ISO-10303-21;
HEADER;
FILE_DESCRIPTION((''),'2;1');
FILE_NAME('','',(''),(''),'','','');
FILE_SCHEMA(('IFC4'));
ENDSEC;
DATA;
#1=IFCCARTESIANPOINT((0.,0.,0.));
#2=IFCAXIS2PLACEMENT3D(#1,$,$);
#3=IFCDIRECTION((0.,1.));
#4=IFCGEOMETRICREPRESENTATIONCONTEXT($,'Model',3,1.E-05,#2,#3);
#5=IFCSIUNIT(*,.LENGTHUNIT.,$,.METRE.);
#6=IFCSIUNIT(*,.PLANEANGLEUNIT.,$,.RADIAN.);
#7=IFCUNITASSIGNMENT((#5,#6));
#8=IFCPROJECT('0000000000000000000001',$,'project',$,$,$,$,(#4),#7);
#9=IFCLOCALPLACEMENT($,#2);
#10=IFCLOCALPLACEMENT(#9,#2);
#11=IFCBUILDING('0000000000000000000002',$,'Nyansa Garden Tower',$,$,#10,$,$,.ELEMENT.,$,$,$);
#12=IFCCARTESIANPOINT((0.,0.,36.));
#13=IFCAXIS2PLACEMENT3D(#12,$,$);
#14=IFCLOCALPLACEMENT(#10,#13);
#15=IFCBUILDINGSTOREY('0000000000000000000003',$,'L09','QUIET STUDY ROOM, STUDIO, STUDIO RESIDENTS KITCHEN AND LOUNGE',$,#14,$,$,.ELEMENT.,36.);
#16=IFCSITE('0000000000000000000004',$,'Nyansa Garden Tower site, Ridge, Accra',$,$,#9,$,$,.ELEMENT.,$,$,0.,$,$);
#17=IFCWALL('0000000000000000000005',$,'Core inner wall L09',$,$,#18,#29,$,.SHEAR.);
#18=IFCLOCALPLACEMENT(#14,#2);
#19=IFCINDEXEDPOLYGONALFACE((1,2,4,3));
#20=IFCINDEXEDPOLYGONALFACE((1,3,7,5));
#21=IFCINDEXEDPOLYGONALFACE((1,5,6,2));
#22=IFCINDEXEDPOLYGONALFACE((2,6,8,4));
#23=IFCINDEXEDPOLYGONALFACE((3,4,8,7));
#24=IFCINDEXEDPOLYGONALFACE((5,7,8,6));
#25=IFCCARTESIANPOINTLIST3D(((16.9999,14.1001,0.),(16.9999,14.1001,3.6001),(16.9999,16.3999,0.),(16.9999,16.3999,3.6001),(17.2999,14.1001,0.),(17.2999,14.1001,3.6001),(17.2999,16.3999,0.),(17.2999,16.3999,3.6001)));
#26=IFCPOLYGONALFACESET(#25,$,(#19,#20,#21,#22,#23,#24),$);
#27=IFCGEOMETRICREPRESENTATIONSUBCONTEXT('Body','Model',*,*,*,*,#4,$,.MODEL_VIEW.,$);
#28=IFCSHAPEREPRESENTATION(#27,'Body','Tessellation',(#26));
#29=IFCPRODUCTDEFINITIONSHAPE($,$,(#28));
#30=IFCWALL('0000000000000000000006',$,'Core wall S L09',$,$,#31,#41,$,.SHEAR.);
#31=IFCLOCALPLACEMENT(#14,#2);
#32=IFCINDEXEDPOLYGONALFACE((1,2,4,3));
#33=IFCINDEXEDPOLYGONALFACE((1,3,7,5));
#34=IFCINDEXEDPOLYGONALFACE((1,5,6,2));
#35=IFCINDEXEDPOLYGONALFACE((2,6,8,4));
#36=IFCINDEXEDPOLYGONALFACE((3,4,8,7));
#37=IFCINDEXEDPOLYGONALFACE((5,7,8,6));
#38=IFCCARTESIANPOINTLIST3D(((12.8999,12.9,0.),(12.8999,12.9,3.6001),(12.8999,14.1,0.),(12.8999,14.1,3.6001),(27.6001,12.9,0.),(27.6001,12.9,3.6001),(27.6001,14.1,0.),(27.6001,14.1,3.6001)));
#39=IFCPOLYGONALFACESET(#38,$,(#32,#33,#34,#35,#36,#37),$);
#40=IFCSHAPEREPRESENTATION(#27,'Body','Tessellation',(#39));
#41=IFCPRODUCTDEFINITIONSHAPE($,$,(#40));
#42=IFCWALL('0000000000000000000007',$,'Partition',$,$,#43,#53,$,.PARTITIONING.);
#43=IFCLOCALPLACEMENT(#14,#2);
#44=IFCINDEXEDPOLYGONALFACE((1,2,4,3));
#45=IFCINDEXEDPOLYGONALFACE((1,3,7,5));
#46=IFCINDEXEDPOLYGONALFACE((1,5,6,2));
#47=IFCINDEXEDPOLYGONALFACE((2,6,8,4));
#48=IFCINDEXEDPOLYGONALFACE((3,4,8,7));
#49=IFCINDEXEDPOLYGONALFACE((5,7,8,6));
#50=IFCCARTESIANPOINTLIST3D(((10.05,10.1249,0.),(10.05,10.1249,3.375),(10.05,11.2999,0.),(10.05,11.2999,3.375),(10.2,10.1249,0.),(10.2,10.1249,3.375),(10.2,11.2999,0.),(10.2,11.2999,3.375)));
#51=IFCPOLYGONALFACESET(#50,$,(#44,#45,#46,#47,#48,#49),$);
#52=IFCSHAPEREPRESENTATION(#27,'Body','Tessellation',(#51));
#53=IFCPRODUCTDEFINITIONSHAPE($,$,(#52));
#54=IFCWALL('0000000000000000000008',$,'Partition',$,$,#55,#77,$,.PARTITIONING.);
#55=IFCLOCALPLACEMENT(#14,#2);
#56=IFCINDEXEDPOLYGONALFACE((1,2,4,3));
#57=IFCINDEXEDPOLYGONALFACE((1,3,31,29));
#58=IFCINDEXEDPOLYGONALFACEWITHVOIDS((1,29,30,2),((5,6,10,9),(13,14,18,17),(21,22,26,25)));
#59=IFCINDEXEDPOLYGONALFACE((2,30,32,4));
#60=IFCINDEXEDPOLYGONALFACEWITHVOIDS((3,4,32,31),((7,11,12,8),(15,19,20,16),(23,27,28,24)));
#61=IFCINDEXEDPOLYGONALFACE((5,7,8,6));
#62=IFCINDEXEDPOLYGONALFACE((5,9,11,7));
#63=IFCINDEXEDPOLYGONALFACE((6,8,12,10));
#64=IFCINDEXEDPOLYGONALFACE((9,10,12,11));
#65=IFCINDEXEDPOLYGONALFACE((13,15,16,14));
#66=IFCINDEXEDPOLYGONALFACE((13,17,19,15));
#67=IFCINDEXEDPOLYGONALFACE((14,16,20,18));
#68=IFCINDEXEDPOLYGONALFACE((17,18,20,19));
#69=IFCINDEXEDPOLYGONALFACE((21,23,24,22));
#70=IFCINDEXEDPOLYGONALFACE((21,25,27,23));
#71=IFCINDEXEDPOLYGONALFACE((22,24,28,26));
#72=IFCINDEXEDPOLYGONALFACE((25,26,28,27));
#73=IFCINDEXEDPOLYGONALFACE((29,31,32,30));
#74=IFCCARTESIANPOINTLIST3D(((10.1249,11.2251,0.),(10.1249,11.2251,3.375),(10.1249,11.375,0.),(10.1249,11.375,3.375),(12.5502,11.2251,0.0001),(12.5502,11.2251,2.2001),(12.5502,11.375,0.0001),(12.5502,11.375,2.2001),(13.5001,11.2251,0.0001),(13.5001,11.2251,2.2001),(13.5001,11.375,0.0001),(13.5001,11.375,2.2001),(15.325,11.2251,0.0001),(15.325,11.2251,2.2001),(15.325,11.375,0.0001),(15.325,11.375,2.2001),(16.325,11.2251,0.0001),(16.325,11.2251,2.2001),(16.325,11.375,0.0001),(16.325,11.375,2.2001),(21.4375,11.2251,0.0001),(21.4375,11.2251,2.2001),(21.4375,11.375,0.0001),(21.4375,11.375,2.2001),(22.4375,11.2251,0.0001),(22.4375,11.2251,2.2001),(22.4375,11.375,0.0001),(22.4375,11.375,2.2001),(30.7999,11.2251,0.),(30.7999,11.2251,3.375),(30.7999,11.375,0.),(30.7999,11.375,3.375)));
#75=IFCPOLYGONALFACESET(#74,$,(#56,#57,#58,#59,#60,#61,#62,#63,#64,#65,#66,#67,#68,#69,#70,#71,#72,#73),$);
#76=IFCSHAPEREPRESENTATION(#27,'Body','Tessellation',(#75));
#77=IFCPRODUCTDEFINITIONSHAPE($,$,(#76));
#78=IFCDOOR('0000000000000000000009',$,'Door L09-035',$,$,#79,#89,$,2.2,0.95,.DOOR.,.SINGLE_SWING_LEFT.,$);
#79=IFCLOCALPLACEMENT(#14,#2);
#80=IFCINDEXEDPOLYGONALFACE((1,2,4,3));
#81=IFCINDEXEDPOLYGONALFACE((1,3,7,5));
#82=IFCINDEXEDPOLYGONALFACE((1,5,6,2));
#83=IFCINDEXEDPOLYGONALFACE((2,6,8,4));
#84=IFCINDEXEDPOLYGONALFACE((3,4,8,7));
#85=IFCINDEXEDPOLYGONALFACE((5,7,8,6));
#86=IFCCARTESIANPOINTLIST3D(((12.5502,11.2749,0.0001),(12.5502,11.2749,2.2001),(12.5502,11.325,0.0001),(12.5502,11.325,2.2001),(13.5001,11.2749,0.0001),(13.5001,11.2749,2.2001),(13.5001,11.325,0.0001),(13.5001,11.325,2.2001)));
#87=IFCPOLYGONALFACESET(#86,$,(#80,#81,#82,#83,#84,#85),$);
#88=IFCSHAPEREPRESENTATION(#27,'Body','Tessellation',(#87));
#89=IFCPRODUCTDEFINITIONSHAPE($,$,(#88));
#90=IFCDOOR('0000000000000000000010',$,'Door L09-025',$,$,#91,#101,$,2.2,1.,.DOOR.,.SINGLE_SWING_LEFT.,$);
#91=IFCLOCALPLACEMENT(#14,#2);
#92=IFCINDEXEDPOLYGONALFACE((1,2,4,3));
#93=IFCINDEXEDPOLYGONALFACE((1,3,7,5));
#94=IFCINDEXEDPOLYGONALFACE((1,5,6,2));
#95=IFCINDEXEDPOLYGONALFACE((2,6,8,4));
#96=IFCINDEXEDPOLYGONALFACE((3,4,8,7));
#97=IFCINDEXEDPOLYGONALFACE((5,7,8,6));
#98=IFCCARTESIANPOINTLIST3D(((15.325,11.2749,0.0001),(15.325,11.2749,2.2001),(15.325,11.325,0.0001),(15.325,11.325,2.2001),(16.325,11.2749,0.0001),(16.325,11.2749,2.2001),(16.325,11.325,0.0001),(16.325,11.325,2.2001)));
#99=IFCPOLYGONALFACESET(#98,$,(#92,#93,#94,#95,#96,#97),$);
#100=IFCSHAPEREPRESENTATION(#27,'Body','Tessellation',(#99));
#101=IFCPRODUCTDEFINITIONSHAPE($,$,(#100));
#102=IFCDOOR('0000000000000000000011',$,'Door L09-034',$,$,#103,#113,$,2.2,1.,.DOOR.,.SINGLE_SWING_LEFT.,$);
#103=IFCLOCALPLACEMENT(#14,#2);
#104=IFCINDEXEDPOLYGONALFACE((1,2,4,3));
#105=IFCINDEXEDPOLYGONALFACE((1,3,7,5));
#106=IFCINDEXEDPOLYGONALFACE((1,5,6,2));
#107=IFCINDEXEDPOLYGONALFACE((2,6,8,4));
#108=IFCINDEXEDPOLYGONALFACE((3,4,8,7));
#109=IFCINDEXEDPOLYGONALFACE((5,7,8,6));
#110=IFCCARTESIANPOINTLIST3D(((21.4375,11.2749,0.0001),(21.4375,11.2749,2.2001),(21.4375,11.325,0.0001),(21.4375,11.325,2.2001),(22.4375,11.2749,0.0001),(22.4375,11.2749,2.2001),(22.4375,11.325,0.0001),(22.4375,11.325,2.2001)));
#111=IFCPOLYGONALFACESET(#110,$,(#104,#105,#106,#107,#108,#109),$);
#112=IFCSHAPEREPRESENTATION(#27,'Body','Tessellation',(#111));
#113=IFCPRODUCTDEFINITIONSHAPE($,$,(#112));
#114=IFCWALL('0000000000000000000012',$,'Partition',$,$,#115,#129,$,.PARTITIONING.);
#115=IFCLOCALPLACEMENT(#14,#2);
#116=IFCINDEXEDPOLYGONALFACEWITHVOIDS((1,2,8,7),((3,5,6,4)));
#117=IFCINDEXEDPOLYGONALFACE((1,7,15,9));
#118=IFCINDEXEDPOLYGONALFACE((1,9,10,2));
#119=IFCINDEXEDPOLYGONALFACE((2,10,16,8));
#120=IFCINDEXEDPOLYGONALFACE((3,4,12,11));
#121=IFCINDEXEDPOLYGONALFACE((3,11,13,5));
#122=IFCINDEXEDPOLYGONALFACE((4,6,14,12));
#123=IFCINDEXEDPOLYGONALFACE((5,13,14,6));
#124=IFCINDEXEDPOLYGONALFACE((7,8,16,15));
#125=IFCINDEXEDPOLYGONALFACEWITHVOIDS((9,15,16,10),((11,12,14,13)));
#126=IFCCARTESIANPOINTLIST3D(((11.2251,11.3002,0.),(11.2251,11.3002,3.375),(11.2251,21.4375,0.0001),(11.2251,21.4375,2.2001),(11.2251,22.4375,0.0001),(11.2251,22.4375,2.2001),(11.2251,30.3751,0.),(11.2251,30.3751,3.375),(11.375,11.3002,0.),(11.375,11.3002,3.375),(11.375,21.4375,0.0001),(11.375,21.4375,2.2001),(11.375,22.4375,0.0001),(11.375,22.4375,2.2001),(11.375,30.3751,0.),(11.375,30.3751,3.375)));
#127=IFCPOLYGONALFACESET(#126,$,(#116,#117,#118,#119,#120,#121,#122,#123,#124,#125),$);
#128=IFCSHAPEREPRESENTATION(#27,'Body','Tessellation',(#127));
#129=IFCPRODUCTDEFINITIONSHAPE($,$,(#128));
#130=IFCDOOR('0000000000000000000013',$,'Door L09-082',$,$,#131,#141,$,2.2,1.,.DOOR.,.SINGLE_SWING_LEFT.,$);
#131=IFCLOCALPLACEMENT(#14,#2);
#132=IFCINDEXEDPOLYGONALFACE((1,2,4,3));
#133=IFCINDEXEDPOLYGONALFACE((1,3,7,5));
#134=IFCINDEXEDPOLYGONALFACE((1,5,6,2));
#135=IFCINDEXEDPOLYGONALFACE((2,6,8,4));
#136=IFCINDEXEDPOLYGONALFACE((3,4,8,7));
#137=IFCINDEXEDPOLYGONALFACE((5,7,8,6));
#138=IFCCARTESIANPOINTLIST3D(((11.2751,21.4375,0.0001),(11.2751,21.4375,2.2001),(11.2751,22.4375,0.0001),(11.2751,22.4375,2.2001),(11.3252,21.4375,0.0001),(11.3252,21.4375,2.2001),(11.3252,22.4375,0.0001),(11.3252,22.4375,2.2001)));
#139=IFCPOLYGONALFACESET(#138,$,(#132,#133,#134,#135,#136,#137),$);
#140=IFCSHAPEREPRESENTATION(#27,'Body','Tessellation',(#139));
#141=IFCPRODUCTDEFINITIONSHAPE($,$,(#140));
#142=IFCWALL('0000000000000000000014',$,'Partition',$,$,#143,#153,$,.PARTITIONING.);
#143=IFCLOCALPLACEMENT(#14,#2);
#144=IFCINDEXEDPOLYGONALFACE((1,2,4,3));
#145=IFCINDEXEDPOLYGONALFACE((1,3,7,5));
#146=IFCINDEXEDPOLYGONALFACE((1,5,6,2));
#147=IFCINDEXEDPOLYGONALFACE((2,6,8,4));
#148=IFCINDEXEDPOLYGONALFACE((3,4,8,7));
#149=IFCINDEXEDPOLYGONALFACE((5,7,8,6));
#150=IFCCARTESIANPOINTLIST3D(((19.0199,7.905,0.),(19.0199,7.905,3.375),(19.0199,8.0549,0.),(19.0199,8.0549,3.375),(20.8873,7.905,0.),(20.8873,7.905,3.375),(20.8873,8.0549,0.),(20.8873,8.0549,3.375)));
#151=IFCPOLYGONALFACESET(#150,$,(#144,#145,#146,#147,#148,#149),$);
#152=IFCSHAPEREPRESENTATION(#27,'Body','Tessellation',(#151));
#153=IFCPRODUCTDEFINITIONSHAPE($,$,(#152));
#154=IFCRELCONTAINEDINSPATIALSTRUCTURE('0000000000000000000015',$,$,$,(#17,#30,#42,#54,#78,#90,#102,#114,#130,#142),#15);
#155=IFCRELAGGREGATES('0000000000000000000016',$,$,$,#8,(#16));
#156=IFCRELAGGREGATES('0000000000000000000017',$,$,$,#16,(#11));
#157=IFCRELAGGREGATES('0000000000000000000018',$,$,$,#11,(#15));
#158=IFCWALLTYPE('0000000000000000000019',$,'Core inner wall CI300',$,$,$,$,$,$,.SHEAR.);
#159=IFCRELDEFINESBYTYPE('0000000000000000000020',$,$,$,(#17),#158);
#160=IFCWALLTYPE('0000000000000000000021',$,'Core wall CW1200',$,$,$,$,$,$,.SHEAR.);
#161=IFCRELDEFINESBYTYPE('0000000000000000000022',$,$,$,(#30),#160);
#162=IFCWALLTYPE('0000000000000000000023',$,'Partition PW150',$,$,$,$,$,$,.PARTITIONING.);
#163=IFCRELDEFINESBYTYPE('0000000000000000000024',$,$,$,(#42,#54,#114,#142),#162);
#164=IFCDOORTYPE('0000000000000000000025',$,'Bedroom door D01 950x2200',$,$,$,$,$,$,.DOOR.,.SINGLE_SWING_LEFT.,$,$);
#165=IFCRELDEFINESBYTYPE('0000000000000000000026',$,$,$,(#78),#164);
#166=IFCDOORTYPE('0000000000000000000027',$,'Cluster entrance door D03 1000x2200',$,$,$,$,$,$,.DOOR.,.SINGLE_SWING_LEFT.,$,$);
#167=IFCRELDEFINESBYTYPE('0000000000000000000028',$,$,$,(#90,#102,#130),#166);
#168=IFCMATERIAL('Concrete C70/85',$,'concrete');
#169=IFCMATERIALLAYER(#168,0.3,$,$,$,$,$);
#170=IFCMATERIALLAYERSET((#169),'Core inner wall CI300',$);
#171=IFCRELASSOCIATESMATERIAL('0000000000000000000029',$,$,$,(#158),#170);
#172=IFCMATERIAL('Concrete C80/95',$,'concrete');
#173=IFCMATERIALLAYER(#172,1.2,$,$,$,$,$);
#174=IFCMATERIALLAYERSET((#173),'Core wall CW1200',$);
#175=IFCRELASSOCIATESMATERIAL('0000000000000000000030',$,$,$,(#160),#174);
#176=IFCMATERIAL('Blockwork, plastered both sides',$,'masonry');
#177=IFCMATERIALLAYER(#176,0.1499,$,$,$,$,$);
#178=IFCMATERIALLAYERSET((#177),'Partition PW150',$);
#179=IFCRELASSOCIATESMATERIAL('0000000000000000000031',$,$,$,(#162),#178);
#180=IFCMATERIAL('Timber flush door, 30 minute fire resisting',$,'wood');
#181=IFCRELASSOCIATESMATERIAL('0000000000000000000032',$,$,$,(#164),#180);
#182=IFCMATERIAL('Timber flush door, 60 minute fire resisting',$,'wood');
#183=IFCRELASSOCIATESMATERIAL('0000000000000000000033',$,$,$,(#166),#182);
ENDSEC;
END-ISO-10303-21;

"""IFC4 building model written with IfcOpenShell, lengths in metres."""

from ifc_helpers import new_model, si_unit, direction, frame, frame_2d, origin, place, context, subcontext, project, spatial, rectangle, extrude, material, layer, layer_set, type_object, element, fill, save


model = new_model("IFC4")

# Units and contexts
model_context = context("Model", 3, precision=1e-05, world=origin(), true_north=direction((0.0, 1.0)))
body_context = subcontext(model_context, "Body", "Model", "MODEL_VIEW")
ifc_project = project(units=[si_unit("LENGTHUNIT", "METRE"), si_unit("PLANEANGLEUNIT", "RADIAN")], contexts=[model_context])

# Site, building, storey
site_placement = place(None, origin())
site = spatial("IfcSite", under=ifc_project, at=site_placement, Name="Nyansa Garden Tower site, Ridge, Accra", CompositionType="ELEMENT", RefElevation=0.0)
building_placement = place(site_placement, origin())
building = spatial("IfcBuilding", under=site, at=building_placement, Name="Nyansa Garden Tower", CompositionType="ELEMENT")
storey_placement = place(building_placement, frame((0.0, 0.0, 36.0)))
storey = spatial("IfcBuildingStorey", under=building, at=storey_placement, Name="L09", Description="QUIET STUDY ROOM, STUDIO, STUDIO RESIDENTS KITCHEN AND LOUNGE", CompositionType="ELEMENT", Elevation=36.0)

# Walls
ifc_material_1 = material(Name="Concrete C70/85", Category="concrete")
ifc_layer_1 = layer(ifc_material_1, 0.3)
ifc_layer_set_1 = layer_set([ifc_layer_1], Name="Core inner wall CI300")
wall_type_1 = type_object("IfcWallType", Name="Core inner wall CI300", PredefinedType="SHEAR", material=ifc_layer_set_1)
wall_1_placement = place(storey_placement, frame((17.1499, 14.1001, 0.0), z_axis=(0.0, 0.0, 1.0), x_axis=(0.0, 1.0, 0.0)))
element("IfcWall", 1, at=wall_1_placement, inside=storey, type_object=wall_type_1, Name="Core inner wall L09", PredefinedType="SHEAR", context=body_context, shape_type="SweptSolid", body=[
    extrude(rectangle(XDim=2.2998, YDim=0.3, at=frame_2d((1.1499, 0.0))), origin(), (0.0, 0.0, 1.0), 3.6001),
])
ifc_material_2 = material(Name="Concrete C80/95", Category="concrete")
ifc_layer_2 = layer(ifc_material_2, 1.2)
ifc_layer_set_2 = layer_set([ifc_layer_2], Name="Core wall CW1200")
wall_type_2 = type_object("IfcWallType", Name="Core wall CW1200", PredefinedType="SHEAR", material=ifc_layer_set_2)
wall_2_placement = place(storey_placement, frame((12.8999, 13.5, 0.0), z_axis=(0.0, 0.0, 1.0), x_axis=(1.0, 0.0, 0.0)))
element("IfcWall", 2, at=wall_2_placement, inside=storey, type_object=wall_type_2, Name="Core wall S L09", PredefinedType="SHEAR", context=body_context, shape_type="SweptSolid", body=[
    extrude(rectangle(XDim=14.7002, YDim=1.2, at=frame_2d((7.3501, 0.0))), origin(), (0.0, 0.0, 1.0), 3.6001),
])
ifc_material_3 = material(Name="Blockwork, plastered both sides", Category="masonry")
ifc_layer_3 = layer(ifc_material_3, 0.1499)
ifc_layer_set_3 = layer_set([ifc_layer_3], Name="Partition PW150")
wall_type_3 = type_object("IfcWallType", Name="Partition PW150", PredefinedType="PARTITIONING", material=ifc_layer_set_3)
wall_3_placement = place(storey_placement, frame((10.125, 10.125, 0.0), z_axis=(0.0, 0.0, 1.0), x_axis=(0.0, 1.0, 0.0)))
element("IfcWall", 3, at=wall_3_placement, inside=storey, type_object=wall_type_3, Name="Partition", PredefinedType="PARTITIONING", context=body_context, shape_type="SweptSolid", body=[
    extrude(rectangle(XDim=1.175, YDim=0.1499, at=frame_2d((0.5874, 0.0))), origin(), (0.0, 0.0, 1.0), 3.375),
])

# Wall, openings, doors
wall_4_placement = place(storey_placement, frame((10.125, 11.3, 0.0), z_axis=(0.0, 0.0, 1.0), x_axis=(1.0, 0.0, 0.0)))
wall_4 = element("IfcWall", 4, at=wall_4_placement, inside=storey, type_object=wall_type_3, Name="Partition", PredefinedType="PARTITIONING", context=body_context, shape_type="SweptSolid", body=[
    extrude(rectangle(XDim=20.675, YDim=0.1499, at=frame_2d((10.3374, 0.0))), origin(), (0.0, 0.0, 1.0), 3.375),
])
opening_1_placement = place(wall_4_placement, frame((5.2, 0.0, 0.0)))
opening_1 = element("IfcOpeningElement", 5, at=opening_1_placement, cuts=wall_4, PredefinedType="OPENING", context=body_context, shape_type="SweptSolid", body=[
    extrude(rectangle(XDim=1.0, YDim=2.2, at=frame_2d((0.5, 1.1001))), frame((0.0, 0.085, 0.0), z_axis=(0.0, -1.0, 0.0), x_axis=(1.0, 0.0, 0.0)), (0.0, 0.0, 1.0), 0.1699),
])
opening_2_placement = place(wall_4_placement, frame((11.3125, 0.0, 0.0)))
opening_2 = element("IfcOpeningElement", 6, at=opening_2_placement, cuts=wall_4, PredefinedType="OPENING", context=body_context, shape_type="SweptSolid", body=[
    extrude(rectangle(XDim=1.0, YDim=2.2, at=frame_2d((0.5, 1.1001))), frame((0.0, 0.085, 0.0), z_axis=(0.0, -1.0, 0.0), x_axis=(1.0, 0.0, 0.0)), (0.0, 0.0, 1.0), 0.1699),
])
opening_3_placement = place(wall_4_placement, frame((2.425, 0.0, 0.0)))
opening_3 = element("IfcOpeningElement", 7, at=opening_3_placement, cuts=wall_4, PredefinedType="OPENING", context=body_context, shape_type="SweptSolid", body=[
    extrude(rectangle(XDim=0.95, YDim=2.2, at=frame_2d((0.4751, 1.1001))), frame((0.0, 0.085, 0.0), z_axis=(0.0, -1.0, 0.0), x_axis=(1.0, 0.0, 0.0)), (0.0, 0.0, 1.0), 0.1699),
])
ifc_material_4 = material(Name="Timber flush door, 30 minute fire resisting", Category="wood")
door_type_1 = type_object("IfcDoorType", Name="Bedroom door D01 950x2200", OperationType="SINGLE_SWING_LEFT", PredefinedType="DOOR", material=ifc_material_4)
door_1_placement = place(opening_3_placement, origin())
door_1 = element("IfcDoor", 8, at=door_1_placement, inside=storey, type_object=door_type_1, Name="Door L09-035", OperationType="SINGLE_SWING_LEFT", OverallHeight=2.2, OverallWidth=0.95, PredefinedType="DOOR", context=body_context, shape_type="SweptSolid", body=[
    extrude(rectangle(XDim=0.95, YDim=2.2, at=frame_2d((0.4751, 1.1001))), frame((0.0, 0.0249, 0.0), z_axis=(0.0, -1.0, 0.0), x_axis=(1.0, 0.0, 0.0)), (0.0, 0.0, 1.0), 0.05),
])
fill(opening_3, door_1)
ifc_material_5 = material(Name="Timber flush door, 60 minute fire resisting", Category="wood")
door_type_2 = type_object("IfcDoorType", Name="Cluster entrance door D03 1000x2200", OperationType="SINGLE_SWING_LEFT", PredefinedType="DOOR", material=ifc_material_5)
door_2_placement = place(opening_1_placement, origin())
door_2 = element("IfcDoor", 9, at=door_2_placement, inside=storey, type_object=door_type_2, Name="Door L09-025", OperationType="SINGLE_SWING_LEFT", OverallHeight=2.2, OverallWidth=1.0, PredefinedType="DOOR", context=body_context, shape_type="SweptSolid", body=[
    extrude(rectangle(XDim=1.0, YDim=2.2, at=frame_2d((0.5, 1.1001))), frame((0.0, 0.0249, 0.0), z_axis=(0.0, -1.0, 0.0), x_axis=(1.0, 0.0, 0.0)), (0.0, 0.0, 1.0), 0.05),
])
fill(opening_1, door_2)
door_3_placement = place(opening_2_placement, origin())
door_3 = element("IfcDoor", 10, at=door_3_placement, inside=storey, type_object=door_type_2, Name="Door L09-034", OperationType="SINGLE_SWING_LEFT", OverallHeight=2.2, OverallWidth=1.0, PredefinedType="DOOR", context=body_context, shape_type="SweptSolid", body=[
    extrude(rectangle(XDim=1.0, YDim=2.2, at=frame_2d((0.5, 1.1001))), frame((0.0, 0.0249, 0.0), z_axis=(0.0, -1.0, 0.0), x_axis=(1.0, 0.0, 0.0)), (0.0, 0.0, 1.0), 0.05),
])
fill(opening_2, door_3)

# Wall, opening, door
wall_5_placement = place(storey_placement, frame((11.3, 11.3, 0.0), z_axis=(0.0, 0.0, 1.0), x_axis=(0.0, 1.0, 0.0)))
wall_5 = element("IfcWall", 11, at=wall_5_placement, inside=storey, type_object=wall_type_3, Name="Partition", PredefinedType="PARTITIONING", context=body_context, shape_type="SweptSolid", body=[
    extrude(rectangle(XDim=19.075, YDim=0.1499, at=frame_2d((9.5376, 0.0))), origin(), (0.0, 0.0, 1.0), 3.375),
])
opening_4_placement = place(wall_5_placement, frame((10.1375, 0.0, 0.0)))
opening_4 = element("IfcOpeningElement", 12, at=opening_4_placement, cuts=wall_5, PredefinedType="OPENING", context=body_context, shape_type="SweptSolid", body=[
    extrude(rectangle(XDim=1.0, YDim=2.2, at=frame_2d((0.5, 1.1001))), frame((0.0, 0.085, 0.0), z_axis=(0.0, -1.0, 0.0), x_axis=(1.0, 0.0, 0.0)), (0.0, 0.0, 1.0), 0.1699),
])
door_4_placement = place(opening_4_placement, origin())
door_4 = element("IfcDoor", 13, at=door_4_placement, inside=storey, type_object=door_type_2, Name="Door L09-082", OperationType="SINGLE_SWING_LEFT", OverallHeight=2.2, OverallWidth=1.0, PredefinedType="DOOR", context=body_context, shape_type="SweptSolid", body=[
    extrude(rectangle(XDim=1.0, YDim=2.2, at=frame_2d((0.5, 1.1001))), frame((0.0, 0.0249, 0.0), z_axis=(0.0, -1.0, 0.0), x_axis=(1.0, 0.0, 0.0)), (0.0, 0.0, 1.0), 0.05),
])
fill(opening_4, door_4)

# Wall
wall_6_placement = place(storey_placement, frame((19.02, 7.98, 0.0), z_axis=(0.0, 0.0, 1.0), x_axis=(1.0, 0.0, 0.0)))
element("IfcWall", 14, at=wall_6_placement, inside=storey, type_object=wall_type_3, Name="Partition", PredefinedType="PARTITIONING", context=body_context, shape_type="SweptSolid", body=[
    extrude(rectangle(XDim=1.8674, YDim=0.1499, at=frame_2d((0.9336, 0.0))), origin(), (0.0, 0.0, 1.0), 3.375),
])

save(model, "model.ifc")
